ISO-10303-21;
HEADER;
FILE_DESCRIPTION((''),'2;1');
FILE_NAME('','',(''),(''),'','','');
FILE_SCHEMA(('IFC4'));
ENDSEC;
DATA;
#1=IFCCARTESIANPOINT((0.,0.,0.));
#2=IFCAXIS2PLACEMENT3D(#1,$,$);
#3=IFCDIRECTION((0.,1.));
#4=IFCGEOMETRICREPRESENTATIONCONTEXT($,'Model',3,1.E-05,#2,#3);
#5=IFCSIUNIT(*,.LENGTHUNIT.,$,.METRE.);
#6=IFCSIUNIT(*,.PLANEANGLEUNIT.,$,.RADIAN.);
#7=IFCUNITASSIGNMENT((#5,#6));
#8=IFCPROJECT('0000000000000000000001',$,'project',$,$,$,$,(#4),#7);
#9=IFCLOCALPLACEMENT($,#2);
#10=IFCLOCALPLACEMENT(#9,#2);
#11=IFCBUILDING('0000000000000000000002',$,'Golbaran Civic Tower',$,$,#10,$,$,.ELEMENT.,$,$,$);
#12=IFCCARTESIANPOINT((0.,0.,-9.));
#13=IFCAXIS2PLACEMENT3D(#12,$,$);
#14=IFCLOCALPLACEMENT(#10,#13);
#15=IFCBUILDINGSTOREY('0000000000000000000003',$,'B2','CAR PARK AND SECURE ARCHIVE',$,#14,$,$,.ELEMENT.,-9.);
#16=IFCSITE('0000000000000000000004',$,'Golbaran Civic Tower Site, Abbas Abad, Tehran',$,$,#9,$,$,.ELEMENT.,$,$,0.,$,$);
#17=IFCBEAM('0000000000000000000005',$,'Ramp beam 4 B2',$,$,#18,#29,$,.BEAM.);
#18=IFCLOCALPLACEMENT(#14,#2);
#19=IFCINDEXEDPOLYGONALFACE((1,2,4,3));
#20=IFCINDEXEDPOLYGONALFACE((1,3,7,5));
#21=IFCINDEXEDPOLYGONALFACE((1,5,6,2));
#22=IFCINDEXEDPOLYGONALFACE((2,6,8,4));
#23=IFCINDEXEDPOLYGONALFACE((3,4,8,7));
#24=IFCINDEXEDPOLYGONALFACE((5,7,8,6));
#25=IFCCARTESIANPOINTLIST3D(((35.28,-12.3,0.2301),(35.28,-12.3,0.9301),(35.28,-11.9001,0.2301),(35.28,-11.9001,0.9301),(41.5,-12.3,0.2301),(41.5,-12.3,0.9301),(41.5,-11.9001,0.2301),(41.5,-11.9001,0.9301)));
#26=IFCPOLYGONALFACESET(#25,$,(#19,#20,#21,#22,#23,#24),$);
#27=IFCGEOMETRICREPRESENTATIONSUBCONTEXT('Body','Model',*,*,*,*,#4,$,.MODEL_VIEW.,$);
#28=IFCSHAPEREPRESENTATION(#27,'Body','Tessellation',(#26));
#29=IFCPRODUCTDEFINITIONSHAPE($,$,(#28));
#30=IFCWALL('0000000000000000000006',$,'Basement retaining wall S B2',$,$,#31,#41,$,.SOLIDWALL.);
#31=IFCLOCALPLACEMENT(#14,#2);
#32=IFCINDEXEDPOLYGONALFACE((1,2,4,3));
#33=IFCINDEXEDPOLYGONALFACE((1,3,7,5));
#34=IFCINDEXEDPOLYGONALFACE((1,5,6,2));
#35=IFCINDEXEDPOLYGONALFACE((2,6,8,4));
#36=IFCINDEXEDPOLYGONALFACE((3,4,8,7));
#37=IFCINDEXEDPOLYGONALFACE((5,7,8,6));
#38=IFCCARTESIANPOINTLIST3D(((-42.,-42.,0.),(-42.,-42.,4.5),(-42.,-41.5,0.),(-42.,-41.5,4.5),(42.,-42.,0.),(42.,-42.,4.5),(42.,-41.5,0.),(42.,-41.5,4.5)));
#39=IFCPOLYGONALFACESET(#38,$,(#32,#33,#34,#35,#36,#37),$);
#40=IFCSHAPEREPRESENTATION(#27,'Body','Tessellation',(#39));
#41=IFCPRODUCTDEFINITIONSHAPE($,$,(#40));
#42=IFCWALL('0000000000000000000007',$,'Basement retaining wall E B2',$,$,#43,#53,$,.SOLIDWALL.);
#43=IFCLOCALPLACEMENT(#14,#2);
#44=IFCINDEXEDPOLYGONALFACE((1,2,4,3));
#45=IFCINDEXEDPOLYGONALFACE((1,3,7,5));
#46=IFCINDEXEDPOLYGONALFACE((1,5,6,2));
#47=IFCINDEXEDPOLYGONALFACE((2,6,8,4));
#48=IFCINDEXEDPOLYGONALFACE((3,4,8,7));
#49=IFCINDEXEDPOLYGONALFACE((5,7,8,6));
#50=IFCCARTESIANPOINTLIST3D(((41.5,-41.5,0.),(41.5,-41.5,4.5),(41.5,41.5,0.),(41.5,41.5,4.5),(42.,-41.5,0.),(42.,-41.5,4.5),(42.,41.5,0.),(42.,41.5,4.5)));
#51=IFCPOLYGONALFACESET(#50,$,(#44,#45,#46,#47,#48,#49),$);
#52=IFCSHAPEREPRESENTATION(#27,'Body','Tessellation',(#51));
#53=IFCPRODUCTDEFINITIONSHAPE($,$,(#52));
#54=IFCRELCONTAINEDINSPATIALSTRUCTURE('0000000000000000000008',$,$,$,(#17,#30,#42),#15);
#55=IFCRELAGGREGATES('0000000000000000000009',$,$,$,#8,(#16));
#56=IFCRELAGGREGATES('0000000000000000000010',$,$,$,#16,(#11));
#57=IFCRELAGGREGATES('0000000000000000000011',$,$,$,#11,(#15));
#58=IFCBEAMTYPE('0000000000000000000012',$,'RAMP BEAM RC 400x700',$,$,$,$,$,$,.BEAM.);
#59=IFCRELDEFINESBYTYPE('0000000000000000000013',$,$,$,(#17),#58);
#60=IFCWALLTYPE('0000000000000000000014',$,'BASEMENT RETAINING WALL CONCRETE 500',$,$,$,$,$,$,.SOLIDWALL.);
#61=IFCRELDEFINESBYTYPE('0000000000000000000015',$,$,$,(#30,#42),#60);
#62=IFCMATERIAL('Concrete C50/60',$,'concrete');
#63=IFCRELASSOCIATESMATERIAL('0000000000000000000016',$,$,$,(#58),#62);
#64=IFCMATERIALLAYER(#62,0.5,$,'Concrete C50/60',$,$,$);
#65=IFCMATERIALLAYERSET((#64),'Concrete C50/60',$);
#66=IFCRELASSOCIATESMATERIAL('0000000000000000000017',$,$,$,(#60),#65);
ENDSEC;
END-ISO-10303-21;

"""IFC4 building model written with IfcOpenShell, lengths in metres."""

from ifc_helpers import new_model, si_unit, direction, frame, frame_2d, origin, origin_2d, place, context, subcontext, project, spatial, rectangle, extrude, material, layer, layer_set, material_profile, profile_set, type_object, element, save


model = new_model("IFC4")

# Units and contexts
model_context = context("Model", 3, precision=1e-05, world=origin(), true_north=direction((0.0, 1.0)))
body_context = subcontext(model_context, "Body", "Model", "MODEL_VIEW")
ifc_project = project(units=[si_unit("LENGTHUNIT", "METRE"), si_unit("PLANEANGLEUNIT", "RADIAN")], contexts=[model_context])

# Site, building, storey
site_placement = place(None, origin())
site = spatial("IfcSite", under=ifc_project, at=site_placement, Name="Golbaran Civic Tower Site, Abbas Abad, Tehran", CompositionType="ELEMENT", RefElevation=0.0)
building_placement = place(site_placement, origin())
building = spatial("IfcBuilding", under=site, at=building_placement, Name="Golbaran Civic Tower", CompositionType="ELEMENT")
storey_placement = place(building_placement, frame((0.0, 0.0, -9.0)))
storey = spatial("IfcBuildingStorey", under=building, at=storey_placement, Name="B2", Description="CAR PARK AND SECURE ARCHIVE", CompositionType="ELEMENT", Elevation=-9.0)

# Shared definitions
ifc_material_1 = material(Name="Concrete C50/60", Category="concrete")

# Beam
ifc_material_profile_1 = material_profile(ifc_material_1, rectangle(XDim=0.3999, YDim=0.7, at=origin_2d()), Name="RC 400x700")
ifc_profile_set_1 = profile_set([ifc_material_profile_1], Name="Concrete C50/60")
beam_type = type_object("IfcBeamType", Name="RAMP BEAM RC 400x700", PredefinedType="BEAM", material=ifc_profile_set_1)
for number, where, z_axis, x_axis, name in (
    (1, (35.28, -12.1001, 0.5801), (1.0, 0.0, 0.0), (0.0, 1.0, 0.0), "Ramp beam 4 B2"),
):
    element("IfcBeam", number, at=place(storey_placement, frame(where, z_axis=z_axis, x_axis=x_axis)), inside=storey, type_object=beam_type, Name=name, PredefinedType="BEAM", context=body_context, shape_type="SweptSolid", body=[
        extrude(rectangle(XDim=0.3999, YDim=0.7, at=origin_2d()), origin(), (0.0, 0.0, 1.0), 6.22),
    ])

# Walls
ifc_layer_1 = layer(ifc_material_1, 0.5, Name="Concrete C50/60")
ifc_layer_set_1 = layer_set([ifc_layer_1], Name="Concrete C50/60")
wall_type = type_object("IfcWallType", Name="BASEMENT RETAINING WALL CONCRETE 500", PredefinedType="SOLIDWALL", material=ifc_layer_set_1)
wall_1_placement = place(storey_placement, frame((42.0, -41.75, 0.0), z_axis=(0.0, 0.0, 1.0), x_axis=(-1.0, 0.0, 0.0)))
element("IfcWall", 2, at=wall_1_placement, inside=storey, type_object=wall_type, Name="Basement retaining wall S B2", PredefinedType="SOLIDWALL", context=body_context, shape_type="SweptSolid", body=[
    extrude(rectangle(XDim=84.0, YDim=0.5, at=frame_2d((42.0, 0.0))), origin(), (0.0, 0.0, 1.0), 4.5),
])
wall_2_placement = place(storey_placement, frame((41.75, -41.5, 0.0), z_axis=(0.0, 0.0, 1.0), x_axis=(0.0, 1.0, 0.0)))
element("IfcWall", 3, at=wall_2_placement, inside=storey, type_object=wall_type, Name="Basement retaining wall E B2", PredefinedType="SOLIDWALL", context=body_context, shape_type="SweptSolid", body=[
    extrude(rectangle(XDim=83.0, YDim=0.5, at=frame_2d((41.5, 0.0))), origin(), (0.0, 0.0, 1.0), 4.5),
])

save(model, "model.ifc")
